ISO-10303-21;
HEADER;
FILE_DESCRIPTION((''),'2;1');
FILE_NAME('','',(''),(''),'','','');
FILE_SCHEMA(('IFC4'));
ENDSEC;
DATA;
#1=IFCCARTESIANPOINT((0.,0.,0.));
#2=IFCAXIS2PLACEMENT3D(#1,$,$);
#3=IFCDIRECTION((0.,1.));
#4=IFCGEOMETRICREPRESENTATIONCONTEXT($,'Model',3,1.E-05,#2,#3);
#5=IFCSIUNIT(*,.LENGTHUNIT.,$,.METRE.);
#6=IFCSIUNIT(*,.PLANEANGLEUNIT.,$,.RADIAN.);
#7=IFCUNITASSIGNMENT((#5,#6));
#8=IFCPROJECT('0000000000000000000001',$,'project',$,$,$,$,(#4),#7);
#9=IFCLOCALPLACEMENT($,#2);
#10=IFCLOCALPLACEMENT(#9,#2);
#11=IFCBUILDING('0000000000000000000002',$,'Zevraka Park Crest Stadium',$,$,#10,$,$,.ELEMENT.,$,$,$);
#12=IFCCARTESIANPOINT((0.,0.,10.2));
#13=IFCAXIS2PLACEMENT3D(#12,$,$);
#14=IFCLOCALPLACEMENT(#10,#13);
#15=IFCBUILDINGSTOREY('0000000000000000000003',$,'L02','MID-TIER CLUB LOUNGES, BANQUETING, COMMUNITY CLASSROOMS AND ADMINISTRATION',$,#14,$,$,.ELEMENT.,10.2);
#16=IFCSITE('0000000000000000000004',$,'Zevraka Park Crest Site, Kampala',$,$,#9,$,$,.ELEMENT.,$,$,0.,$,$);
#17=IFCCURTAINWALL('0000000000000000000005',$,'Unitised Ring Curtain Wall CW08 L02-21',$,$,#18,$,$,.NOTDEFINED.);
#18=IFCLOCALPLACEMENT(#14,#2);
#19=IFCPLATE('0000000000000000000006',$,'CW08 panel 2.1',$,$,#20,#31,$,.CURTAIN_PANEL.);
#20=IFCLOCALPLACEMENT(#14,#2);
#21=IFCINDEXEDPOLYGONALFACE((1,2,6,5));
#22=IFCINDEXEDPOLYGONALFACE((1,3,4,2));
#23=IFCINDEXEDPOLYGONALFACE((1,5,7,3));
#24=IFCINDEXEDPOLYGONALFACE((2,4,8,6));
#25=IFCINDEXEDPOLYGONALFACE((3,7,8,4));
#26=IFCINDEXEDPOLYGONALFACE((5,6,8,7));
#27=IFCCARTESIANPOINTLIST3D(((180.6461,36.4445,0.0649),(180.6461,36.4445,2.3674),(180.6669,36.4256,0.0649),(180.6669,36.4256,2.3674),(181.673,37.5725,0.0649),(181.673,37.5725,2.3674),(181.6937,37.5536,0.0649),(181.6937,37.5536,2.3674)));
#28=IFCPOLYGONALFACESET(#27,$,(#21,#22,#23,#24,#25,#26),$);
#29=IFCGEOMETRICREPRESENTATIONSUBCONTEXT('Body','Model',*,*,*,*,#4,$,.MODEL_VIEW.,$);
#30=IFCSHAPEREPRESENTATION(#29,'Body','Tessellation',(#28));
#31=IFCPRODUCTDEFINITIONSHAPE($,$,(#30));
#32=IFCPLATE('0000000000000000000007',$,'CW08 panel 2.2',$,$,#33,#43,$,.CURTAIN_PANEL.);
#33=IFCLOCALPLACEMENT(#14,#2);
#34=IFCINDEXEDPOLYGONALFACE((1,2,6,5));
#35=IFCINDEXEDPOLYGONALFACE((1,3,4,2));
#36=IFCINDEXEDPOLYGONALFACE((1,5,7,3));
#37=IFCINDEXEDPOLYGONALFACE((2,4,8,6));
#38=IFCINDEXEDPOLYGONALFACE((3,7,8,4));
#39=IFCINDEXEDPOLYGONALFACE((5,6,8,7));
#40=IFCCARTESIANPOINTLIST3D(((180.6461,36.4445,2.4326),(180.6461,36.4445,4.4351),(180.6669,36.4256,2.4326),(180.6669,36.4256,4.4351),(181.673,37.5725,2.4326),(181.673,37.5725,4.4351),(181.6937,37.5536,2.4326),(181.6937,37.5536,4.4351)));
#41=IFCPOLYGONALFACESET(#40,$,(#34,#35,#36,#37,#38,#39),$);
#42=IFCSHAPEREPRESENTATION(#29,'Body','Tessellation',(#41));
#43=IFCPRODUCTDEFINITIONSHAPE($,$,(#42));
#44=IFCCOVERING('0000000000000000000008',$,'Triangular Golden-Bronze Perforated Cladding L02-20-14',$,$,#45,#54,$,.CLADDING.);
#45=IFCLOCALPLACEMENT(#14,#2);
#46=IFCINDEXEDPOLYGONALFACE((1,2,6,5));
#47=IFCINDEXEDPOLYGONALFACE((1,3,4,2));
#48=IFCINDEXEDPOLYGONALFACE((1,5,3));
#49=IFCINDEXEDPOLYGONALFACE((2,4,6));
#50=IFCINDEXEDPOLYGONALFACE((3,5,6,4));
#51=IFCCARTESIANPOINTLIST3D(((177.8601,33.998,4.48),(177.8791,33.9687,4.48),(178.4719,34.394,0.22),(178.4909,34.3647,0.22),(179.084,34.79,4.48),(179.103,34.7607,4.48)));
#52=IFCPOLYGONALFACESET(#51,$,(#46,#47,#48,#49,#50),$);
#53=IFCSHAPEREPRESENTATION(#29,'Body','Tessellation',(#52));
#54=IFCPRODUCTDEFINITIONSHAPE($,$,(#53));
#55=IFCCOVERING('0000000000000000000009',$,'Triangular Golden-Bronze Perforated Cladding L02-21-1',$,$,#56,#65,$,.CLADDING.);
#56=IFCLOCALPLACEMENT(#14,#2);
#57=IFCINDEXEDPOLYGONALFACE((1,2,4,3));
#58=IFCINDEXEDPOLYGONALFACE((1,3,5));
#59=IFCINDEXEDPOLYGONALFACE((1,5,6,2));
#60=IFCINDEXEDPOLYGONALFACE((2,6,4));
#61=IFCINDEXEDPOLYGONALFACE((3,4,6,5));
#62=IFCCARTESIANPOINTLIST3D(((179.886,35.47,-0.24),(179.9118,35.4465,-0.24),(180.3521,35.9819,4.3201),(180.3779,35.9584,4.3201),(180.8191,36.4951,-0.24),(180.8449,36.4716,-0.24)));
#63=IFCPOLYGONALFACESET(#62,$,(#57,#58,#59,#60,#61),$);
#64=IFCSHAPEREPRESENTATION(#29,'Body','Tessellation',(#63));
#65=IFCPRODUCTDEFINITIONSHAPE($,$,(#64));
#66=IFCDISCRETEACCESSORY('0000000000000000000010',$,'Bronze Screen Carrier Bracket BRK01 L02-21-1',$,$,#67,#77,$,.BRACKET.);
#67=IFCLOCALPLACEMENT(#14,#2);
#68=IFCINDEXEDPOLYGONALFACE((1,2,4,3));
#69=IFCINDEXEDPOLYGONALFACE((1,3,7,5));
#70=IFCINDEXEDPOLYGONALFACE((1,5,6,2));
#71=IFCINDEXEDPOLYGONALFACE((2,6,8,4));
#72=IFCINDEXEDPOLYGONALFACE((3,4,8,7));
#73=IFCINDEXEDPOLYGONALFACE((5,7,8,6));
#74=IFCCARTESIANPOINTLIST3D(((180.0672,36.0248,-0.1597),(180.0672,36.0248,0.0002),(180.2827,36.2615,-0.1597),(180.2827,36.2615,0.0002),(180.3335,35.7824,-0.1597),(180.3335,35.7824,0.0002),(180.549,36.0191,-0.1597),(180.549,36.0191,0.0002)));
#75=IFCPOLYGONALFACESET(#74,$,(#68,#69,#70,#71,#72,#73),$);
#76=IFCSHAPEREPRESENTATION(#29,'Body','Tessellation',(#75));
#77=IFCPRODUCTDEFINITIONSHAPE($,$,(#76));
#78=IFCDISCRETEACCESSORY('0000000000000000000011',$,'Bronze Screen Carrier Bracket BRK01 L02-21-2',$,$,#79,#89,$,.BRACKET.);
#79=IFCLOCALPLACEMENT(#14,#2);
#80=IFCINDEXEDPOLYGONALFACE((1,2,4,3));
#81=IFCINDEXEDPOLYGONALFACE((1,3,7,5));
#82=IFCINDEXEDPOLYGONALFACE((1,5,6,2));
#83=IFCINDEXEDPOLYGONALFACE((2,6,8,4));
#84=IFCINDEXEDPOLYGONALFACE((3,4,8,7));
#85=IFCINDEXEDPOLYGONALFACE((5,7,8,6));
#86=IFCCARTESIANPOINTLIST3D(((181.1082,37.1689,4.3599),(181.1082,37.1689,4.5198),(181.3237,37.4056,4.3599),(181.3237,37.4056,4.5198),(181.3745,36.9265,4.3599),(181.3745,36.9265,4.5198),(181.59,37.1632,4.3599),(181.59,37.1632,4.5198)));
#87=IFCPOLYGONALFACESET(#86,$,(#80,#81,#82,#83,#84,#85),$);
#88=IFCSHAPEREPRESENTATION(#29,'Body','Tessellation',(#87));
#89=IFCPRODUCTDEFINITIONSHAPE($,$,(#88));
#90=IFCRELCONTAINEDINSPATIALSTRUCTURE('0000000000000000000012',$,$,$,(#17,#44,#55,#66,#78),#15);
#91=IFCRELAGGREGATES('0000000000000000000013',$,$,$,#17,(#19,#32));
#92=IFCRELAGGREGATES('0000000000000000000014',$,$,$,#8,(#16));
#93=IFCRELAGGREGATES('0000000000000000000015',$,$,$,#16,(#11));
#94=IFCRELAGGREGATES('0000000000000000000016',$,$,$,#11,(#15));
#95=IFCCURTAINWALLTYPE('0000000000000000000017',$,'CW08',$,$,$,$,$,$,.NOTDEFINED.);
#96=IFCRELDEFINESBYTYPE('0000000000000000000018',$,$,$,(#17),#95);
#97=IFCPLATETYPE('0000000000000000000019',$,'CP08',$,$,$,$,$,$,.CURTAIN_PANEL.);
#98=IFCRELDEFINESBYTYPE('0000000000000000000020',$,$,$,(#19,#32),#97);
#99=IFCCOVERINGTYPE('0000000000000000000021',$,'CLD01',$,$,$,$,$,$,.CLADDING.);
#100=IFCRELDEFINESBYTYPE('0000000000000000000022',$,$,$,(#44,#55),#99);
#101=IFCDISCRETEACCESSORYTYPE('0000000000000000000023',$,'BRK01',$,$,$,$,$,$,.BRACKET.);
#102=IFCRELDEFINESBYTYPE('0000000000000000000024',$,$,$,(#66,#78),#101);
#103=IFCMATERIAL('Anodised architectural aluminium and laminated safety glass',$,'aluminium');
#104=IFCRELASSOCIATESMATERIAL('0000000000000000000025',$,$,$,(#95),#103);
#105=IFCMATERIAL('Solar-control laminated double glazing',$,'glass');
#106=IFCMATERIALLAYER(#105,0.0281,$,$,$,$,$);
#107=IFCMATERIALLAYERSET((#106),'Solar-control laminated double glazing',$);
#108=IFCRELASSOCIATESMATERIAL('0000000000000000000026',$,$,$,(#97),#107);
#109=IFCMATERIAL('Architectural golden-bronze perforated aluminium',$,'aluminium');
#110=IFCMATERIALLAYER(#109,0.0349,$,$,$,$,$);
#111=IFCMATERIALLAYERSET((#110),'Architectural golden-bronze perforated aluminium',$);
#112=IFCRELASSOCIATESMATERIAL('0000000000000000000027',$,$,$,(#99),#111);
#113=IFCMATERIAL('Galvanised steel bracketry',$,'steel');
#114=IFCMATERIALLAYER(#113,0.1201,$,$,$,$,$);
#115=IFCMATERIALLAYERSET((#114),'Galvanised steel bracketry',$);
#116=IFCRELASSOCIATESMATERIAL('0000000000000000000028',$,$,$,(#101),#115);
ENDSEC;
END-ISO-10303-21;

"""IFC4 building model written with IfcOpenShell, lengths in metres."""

from ifc_helpers import new_model, si_unit, direction, frame, origin, origin_2d, place, context, subcontext, project, spatial, polyline, rectangle, outline, extrude, material, layer, layer_set, type_object, element, aggregate, save


model = new_model("IFC4")

# Units and contexts
model_context = context("Model", 3, precision=1e-05, world=origin(), true_north=direction((0.0, 1.0)))
body_context = subcontext(model_context, "Body", "Model", "MODEL_VIEW")
ifc_project = project(units=[si_unit("LENGTHUNIT", "METRE"), si_unit("PLANEANGLEUNIT", "RADIAN")], contexts=[model_context])

# Site, building, storey
site_placement = place(None, origin())
site = spatial("IfcSite", under=ifc_project, at=site_placement, Name="Zevraka Park Crest Site, Kampala", CompositionType="ELEMENT", RefElevation=0.0)
building_placement = place(site_placement, origin())
building = spatial("IfcBuilding", under=site, at=building_placement, Name="Zevraka Park Crest Stadium", CompositionType="ELEMENT")
storey_placement = place(building_placement, frame((0.0, 0.0, 10.2)))
storey = spatial("IfcBuildingStorey", under=building, at=storey_placement, Name="L02", Description="MID-TIER CLUB LOUNGES, BANQUETING, COMMUNITY CLASSROOMS AND ADMINISTRATION", CompositionType="ELEMENT", Elevation=10.2)

# Shared definitions
ifc_material_1 = material(Name="Anodised architectural aluminium and laminated safety glass", Category="aluminium")
curtain_wall_type = type_object("IfcCurtainWallType", Name="CW08", PredefinedType="NOTDEFINED", material=ifc_material_1)

# Curtain wall, plates
curtain_wall_1_placement = place(storey_placement, origin())
curtain_wall_1 = element("IfcCurtainWall", 1, at=curtain_wall_1_placement, inside=storey, type_object=curtain_wall_type, Name="Unitised Ring Curtain Wall CW08 L02-21", PredefinedType="NOTDEFINED")
ifc_material_2 = material(Name="Solar-control laminated double glazing", Category="glass")
ifc_layer_1 = layer(ifc_material_2, 0.0281)
ifc_layer_set_1 = layer_set([ifc_layer_1], Name="Solar-control laminated double glazing")
plate_type = type_object("IfcPlateType", Name="CP08", PredefinedType="CURTAIN_PANEL", material=ifc_layer_set_1)
plate_1_placement = place(storey_placement, frame((181.1699, 36.999, 0.0649), z_axis=(0.0, 0.0, 1.0), x_axis=(0.67316, 0.739497, 0.0)))
plate_1 = element("IfcPlate", 2, at=plate_1_placement, type_object=plate_type, Name="CW08 panel 2.1", PredefinedType="CURTAIN_PANEL", context=body_context, shape_type="SweptSolid", body=[
    extrude(rectangle(XDim=1.5254, YDim=0.0281, at=origin_2d()), origin(), (0.0, 0.0, 1.0), 2.3025),
])
plate_2_placement = place(storey_placement, frame((181.1699, 36.999, 2.4326), z_axis=(0.0, 0.0, 1.0), x_axis=(0.67316, 0.739497, 0.0)))
plate_2 = element("IfcPlate", 3, at=plate_2_placement, type_object=plate_type, Name="CW08 panel 2.2", PredefinedType="CURTAIN_PANEL", context=body_context, shape_type="SweptSolid", body=[
    extrude(rectangle(XDim=1.5254, YDim=0.0281, at=origin_2d()), origin(), (0.0, 0.0, 1.0), 2.0024),
])
aggregate(curtain_wall_1, [plate_1, plate_2])

# Coverings
ifc_material_3 = material(Name="Architectural golden-bronze perforated aluminium", Category="aluminium")
ifc_layer_2 = layer(ifc_material_3, 0.0349)
ifc_layer_set_2 = layer_set([ifc_layer_2], Name="Architectural golden-bronze perforated aluminium")
covering_type = type_object("IfcCoveringType", Name="CLD01", PredefinedType="CLADDING", material=ifc_layer_set_2)
covering_1_placement = place(storey_placement, frame((179.084, 34.79, 4.48), z_axis=(-0.543286, 0.839548, 0.000016), x_axis=(-0.839548, -0.543286, 0.0)))
element("IfcCovering", 4, at=covering_1_placement, inside=storey, type_object=covering_type, Name="Triangular Golden-Bronze Perforated Cladding L02-20-14", PredefinedType="CLADDING", context=body_context, shape_type="SweptSolid", body=[
    extrude(outline(polyline([(0.0, 0.0), (1.4578, 0.0), (0.729, -4.26), (0.0, 0.0)])), origin(), (0.0, 0.0, -1.0), 0.0349),
])
covering_2_placement = place(storey_placement, frame((179.886, 35.47, -0.24), z_axis=(-0.739526, 0.673129, 0.000011), x_axis=(0.673129, 0.739526, 0.0)))
element("IfcCovering", 5, at=covering_2_placement, inside=storey, type_object=covering_type, Name="Triangular Golden-Bronze Perforated Cladding L02-21-1", PredefinedType="CLADDING", context=body_context, shape_type="SweptSolid", body=[
    extrude(outline(polyline([(0.0, 0.0), (1.3862, 0.0), (0.6923, -4.5601), (0.0, 0.0)])), origin(), (0.0, 0.0, -1.0), 0.0349),
])

# Discrete accessories
ifc_material_4 = material(Name="Galvanised steel bracketry", Category="steel")
ifc_layer_3 = layer(ifc_material_4, 0.1201)
ifc_layer_set_3 = layer_set([ifc_layer_3], Name="Galvanised steel bracketry")
discrete_accessory_type = type_object("IfcDiscreteAccessoryType", Name="BRK01", PredefinedType="BRACKET", material=ifc_layer_set_3)
for number, where, z_axis, x_axis, name in (
    (6, (180.3081, 36.022, -0.1597), (0.0, 0.0, 1.0), (0.673142, 0.739514, 0.0), "Bronze Screen Carrier Bracket BRK01 L02-21-1"),
    (7, (181.3491, 37.166, 4.3599), (0.0, 0.0, 1.0), (0.673142, 0.739514, 0.0), "Bronze Screen Carrier Bracket BRK01 L02-21-2"),
):
    element("IfcDiscreteAccessory", number, at=place(storey_placement, frame(where, z_axis=z_axis, x_axis=x_axis)), inside=storey, type_object=discrete_accessory_type, Name=name, PredefinedType="BRACKET", context=body_context, shape_type="SweptSolid", body=[
        extrude(rectangle(XDim=0.3201, YDim=0.3601, at=origin_2d()), origin(), (0.0, 0.0, 1.0), 0.1599),
    ])

save(model, "model.ifc")
